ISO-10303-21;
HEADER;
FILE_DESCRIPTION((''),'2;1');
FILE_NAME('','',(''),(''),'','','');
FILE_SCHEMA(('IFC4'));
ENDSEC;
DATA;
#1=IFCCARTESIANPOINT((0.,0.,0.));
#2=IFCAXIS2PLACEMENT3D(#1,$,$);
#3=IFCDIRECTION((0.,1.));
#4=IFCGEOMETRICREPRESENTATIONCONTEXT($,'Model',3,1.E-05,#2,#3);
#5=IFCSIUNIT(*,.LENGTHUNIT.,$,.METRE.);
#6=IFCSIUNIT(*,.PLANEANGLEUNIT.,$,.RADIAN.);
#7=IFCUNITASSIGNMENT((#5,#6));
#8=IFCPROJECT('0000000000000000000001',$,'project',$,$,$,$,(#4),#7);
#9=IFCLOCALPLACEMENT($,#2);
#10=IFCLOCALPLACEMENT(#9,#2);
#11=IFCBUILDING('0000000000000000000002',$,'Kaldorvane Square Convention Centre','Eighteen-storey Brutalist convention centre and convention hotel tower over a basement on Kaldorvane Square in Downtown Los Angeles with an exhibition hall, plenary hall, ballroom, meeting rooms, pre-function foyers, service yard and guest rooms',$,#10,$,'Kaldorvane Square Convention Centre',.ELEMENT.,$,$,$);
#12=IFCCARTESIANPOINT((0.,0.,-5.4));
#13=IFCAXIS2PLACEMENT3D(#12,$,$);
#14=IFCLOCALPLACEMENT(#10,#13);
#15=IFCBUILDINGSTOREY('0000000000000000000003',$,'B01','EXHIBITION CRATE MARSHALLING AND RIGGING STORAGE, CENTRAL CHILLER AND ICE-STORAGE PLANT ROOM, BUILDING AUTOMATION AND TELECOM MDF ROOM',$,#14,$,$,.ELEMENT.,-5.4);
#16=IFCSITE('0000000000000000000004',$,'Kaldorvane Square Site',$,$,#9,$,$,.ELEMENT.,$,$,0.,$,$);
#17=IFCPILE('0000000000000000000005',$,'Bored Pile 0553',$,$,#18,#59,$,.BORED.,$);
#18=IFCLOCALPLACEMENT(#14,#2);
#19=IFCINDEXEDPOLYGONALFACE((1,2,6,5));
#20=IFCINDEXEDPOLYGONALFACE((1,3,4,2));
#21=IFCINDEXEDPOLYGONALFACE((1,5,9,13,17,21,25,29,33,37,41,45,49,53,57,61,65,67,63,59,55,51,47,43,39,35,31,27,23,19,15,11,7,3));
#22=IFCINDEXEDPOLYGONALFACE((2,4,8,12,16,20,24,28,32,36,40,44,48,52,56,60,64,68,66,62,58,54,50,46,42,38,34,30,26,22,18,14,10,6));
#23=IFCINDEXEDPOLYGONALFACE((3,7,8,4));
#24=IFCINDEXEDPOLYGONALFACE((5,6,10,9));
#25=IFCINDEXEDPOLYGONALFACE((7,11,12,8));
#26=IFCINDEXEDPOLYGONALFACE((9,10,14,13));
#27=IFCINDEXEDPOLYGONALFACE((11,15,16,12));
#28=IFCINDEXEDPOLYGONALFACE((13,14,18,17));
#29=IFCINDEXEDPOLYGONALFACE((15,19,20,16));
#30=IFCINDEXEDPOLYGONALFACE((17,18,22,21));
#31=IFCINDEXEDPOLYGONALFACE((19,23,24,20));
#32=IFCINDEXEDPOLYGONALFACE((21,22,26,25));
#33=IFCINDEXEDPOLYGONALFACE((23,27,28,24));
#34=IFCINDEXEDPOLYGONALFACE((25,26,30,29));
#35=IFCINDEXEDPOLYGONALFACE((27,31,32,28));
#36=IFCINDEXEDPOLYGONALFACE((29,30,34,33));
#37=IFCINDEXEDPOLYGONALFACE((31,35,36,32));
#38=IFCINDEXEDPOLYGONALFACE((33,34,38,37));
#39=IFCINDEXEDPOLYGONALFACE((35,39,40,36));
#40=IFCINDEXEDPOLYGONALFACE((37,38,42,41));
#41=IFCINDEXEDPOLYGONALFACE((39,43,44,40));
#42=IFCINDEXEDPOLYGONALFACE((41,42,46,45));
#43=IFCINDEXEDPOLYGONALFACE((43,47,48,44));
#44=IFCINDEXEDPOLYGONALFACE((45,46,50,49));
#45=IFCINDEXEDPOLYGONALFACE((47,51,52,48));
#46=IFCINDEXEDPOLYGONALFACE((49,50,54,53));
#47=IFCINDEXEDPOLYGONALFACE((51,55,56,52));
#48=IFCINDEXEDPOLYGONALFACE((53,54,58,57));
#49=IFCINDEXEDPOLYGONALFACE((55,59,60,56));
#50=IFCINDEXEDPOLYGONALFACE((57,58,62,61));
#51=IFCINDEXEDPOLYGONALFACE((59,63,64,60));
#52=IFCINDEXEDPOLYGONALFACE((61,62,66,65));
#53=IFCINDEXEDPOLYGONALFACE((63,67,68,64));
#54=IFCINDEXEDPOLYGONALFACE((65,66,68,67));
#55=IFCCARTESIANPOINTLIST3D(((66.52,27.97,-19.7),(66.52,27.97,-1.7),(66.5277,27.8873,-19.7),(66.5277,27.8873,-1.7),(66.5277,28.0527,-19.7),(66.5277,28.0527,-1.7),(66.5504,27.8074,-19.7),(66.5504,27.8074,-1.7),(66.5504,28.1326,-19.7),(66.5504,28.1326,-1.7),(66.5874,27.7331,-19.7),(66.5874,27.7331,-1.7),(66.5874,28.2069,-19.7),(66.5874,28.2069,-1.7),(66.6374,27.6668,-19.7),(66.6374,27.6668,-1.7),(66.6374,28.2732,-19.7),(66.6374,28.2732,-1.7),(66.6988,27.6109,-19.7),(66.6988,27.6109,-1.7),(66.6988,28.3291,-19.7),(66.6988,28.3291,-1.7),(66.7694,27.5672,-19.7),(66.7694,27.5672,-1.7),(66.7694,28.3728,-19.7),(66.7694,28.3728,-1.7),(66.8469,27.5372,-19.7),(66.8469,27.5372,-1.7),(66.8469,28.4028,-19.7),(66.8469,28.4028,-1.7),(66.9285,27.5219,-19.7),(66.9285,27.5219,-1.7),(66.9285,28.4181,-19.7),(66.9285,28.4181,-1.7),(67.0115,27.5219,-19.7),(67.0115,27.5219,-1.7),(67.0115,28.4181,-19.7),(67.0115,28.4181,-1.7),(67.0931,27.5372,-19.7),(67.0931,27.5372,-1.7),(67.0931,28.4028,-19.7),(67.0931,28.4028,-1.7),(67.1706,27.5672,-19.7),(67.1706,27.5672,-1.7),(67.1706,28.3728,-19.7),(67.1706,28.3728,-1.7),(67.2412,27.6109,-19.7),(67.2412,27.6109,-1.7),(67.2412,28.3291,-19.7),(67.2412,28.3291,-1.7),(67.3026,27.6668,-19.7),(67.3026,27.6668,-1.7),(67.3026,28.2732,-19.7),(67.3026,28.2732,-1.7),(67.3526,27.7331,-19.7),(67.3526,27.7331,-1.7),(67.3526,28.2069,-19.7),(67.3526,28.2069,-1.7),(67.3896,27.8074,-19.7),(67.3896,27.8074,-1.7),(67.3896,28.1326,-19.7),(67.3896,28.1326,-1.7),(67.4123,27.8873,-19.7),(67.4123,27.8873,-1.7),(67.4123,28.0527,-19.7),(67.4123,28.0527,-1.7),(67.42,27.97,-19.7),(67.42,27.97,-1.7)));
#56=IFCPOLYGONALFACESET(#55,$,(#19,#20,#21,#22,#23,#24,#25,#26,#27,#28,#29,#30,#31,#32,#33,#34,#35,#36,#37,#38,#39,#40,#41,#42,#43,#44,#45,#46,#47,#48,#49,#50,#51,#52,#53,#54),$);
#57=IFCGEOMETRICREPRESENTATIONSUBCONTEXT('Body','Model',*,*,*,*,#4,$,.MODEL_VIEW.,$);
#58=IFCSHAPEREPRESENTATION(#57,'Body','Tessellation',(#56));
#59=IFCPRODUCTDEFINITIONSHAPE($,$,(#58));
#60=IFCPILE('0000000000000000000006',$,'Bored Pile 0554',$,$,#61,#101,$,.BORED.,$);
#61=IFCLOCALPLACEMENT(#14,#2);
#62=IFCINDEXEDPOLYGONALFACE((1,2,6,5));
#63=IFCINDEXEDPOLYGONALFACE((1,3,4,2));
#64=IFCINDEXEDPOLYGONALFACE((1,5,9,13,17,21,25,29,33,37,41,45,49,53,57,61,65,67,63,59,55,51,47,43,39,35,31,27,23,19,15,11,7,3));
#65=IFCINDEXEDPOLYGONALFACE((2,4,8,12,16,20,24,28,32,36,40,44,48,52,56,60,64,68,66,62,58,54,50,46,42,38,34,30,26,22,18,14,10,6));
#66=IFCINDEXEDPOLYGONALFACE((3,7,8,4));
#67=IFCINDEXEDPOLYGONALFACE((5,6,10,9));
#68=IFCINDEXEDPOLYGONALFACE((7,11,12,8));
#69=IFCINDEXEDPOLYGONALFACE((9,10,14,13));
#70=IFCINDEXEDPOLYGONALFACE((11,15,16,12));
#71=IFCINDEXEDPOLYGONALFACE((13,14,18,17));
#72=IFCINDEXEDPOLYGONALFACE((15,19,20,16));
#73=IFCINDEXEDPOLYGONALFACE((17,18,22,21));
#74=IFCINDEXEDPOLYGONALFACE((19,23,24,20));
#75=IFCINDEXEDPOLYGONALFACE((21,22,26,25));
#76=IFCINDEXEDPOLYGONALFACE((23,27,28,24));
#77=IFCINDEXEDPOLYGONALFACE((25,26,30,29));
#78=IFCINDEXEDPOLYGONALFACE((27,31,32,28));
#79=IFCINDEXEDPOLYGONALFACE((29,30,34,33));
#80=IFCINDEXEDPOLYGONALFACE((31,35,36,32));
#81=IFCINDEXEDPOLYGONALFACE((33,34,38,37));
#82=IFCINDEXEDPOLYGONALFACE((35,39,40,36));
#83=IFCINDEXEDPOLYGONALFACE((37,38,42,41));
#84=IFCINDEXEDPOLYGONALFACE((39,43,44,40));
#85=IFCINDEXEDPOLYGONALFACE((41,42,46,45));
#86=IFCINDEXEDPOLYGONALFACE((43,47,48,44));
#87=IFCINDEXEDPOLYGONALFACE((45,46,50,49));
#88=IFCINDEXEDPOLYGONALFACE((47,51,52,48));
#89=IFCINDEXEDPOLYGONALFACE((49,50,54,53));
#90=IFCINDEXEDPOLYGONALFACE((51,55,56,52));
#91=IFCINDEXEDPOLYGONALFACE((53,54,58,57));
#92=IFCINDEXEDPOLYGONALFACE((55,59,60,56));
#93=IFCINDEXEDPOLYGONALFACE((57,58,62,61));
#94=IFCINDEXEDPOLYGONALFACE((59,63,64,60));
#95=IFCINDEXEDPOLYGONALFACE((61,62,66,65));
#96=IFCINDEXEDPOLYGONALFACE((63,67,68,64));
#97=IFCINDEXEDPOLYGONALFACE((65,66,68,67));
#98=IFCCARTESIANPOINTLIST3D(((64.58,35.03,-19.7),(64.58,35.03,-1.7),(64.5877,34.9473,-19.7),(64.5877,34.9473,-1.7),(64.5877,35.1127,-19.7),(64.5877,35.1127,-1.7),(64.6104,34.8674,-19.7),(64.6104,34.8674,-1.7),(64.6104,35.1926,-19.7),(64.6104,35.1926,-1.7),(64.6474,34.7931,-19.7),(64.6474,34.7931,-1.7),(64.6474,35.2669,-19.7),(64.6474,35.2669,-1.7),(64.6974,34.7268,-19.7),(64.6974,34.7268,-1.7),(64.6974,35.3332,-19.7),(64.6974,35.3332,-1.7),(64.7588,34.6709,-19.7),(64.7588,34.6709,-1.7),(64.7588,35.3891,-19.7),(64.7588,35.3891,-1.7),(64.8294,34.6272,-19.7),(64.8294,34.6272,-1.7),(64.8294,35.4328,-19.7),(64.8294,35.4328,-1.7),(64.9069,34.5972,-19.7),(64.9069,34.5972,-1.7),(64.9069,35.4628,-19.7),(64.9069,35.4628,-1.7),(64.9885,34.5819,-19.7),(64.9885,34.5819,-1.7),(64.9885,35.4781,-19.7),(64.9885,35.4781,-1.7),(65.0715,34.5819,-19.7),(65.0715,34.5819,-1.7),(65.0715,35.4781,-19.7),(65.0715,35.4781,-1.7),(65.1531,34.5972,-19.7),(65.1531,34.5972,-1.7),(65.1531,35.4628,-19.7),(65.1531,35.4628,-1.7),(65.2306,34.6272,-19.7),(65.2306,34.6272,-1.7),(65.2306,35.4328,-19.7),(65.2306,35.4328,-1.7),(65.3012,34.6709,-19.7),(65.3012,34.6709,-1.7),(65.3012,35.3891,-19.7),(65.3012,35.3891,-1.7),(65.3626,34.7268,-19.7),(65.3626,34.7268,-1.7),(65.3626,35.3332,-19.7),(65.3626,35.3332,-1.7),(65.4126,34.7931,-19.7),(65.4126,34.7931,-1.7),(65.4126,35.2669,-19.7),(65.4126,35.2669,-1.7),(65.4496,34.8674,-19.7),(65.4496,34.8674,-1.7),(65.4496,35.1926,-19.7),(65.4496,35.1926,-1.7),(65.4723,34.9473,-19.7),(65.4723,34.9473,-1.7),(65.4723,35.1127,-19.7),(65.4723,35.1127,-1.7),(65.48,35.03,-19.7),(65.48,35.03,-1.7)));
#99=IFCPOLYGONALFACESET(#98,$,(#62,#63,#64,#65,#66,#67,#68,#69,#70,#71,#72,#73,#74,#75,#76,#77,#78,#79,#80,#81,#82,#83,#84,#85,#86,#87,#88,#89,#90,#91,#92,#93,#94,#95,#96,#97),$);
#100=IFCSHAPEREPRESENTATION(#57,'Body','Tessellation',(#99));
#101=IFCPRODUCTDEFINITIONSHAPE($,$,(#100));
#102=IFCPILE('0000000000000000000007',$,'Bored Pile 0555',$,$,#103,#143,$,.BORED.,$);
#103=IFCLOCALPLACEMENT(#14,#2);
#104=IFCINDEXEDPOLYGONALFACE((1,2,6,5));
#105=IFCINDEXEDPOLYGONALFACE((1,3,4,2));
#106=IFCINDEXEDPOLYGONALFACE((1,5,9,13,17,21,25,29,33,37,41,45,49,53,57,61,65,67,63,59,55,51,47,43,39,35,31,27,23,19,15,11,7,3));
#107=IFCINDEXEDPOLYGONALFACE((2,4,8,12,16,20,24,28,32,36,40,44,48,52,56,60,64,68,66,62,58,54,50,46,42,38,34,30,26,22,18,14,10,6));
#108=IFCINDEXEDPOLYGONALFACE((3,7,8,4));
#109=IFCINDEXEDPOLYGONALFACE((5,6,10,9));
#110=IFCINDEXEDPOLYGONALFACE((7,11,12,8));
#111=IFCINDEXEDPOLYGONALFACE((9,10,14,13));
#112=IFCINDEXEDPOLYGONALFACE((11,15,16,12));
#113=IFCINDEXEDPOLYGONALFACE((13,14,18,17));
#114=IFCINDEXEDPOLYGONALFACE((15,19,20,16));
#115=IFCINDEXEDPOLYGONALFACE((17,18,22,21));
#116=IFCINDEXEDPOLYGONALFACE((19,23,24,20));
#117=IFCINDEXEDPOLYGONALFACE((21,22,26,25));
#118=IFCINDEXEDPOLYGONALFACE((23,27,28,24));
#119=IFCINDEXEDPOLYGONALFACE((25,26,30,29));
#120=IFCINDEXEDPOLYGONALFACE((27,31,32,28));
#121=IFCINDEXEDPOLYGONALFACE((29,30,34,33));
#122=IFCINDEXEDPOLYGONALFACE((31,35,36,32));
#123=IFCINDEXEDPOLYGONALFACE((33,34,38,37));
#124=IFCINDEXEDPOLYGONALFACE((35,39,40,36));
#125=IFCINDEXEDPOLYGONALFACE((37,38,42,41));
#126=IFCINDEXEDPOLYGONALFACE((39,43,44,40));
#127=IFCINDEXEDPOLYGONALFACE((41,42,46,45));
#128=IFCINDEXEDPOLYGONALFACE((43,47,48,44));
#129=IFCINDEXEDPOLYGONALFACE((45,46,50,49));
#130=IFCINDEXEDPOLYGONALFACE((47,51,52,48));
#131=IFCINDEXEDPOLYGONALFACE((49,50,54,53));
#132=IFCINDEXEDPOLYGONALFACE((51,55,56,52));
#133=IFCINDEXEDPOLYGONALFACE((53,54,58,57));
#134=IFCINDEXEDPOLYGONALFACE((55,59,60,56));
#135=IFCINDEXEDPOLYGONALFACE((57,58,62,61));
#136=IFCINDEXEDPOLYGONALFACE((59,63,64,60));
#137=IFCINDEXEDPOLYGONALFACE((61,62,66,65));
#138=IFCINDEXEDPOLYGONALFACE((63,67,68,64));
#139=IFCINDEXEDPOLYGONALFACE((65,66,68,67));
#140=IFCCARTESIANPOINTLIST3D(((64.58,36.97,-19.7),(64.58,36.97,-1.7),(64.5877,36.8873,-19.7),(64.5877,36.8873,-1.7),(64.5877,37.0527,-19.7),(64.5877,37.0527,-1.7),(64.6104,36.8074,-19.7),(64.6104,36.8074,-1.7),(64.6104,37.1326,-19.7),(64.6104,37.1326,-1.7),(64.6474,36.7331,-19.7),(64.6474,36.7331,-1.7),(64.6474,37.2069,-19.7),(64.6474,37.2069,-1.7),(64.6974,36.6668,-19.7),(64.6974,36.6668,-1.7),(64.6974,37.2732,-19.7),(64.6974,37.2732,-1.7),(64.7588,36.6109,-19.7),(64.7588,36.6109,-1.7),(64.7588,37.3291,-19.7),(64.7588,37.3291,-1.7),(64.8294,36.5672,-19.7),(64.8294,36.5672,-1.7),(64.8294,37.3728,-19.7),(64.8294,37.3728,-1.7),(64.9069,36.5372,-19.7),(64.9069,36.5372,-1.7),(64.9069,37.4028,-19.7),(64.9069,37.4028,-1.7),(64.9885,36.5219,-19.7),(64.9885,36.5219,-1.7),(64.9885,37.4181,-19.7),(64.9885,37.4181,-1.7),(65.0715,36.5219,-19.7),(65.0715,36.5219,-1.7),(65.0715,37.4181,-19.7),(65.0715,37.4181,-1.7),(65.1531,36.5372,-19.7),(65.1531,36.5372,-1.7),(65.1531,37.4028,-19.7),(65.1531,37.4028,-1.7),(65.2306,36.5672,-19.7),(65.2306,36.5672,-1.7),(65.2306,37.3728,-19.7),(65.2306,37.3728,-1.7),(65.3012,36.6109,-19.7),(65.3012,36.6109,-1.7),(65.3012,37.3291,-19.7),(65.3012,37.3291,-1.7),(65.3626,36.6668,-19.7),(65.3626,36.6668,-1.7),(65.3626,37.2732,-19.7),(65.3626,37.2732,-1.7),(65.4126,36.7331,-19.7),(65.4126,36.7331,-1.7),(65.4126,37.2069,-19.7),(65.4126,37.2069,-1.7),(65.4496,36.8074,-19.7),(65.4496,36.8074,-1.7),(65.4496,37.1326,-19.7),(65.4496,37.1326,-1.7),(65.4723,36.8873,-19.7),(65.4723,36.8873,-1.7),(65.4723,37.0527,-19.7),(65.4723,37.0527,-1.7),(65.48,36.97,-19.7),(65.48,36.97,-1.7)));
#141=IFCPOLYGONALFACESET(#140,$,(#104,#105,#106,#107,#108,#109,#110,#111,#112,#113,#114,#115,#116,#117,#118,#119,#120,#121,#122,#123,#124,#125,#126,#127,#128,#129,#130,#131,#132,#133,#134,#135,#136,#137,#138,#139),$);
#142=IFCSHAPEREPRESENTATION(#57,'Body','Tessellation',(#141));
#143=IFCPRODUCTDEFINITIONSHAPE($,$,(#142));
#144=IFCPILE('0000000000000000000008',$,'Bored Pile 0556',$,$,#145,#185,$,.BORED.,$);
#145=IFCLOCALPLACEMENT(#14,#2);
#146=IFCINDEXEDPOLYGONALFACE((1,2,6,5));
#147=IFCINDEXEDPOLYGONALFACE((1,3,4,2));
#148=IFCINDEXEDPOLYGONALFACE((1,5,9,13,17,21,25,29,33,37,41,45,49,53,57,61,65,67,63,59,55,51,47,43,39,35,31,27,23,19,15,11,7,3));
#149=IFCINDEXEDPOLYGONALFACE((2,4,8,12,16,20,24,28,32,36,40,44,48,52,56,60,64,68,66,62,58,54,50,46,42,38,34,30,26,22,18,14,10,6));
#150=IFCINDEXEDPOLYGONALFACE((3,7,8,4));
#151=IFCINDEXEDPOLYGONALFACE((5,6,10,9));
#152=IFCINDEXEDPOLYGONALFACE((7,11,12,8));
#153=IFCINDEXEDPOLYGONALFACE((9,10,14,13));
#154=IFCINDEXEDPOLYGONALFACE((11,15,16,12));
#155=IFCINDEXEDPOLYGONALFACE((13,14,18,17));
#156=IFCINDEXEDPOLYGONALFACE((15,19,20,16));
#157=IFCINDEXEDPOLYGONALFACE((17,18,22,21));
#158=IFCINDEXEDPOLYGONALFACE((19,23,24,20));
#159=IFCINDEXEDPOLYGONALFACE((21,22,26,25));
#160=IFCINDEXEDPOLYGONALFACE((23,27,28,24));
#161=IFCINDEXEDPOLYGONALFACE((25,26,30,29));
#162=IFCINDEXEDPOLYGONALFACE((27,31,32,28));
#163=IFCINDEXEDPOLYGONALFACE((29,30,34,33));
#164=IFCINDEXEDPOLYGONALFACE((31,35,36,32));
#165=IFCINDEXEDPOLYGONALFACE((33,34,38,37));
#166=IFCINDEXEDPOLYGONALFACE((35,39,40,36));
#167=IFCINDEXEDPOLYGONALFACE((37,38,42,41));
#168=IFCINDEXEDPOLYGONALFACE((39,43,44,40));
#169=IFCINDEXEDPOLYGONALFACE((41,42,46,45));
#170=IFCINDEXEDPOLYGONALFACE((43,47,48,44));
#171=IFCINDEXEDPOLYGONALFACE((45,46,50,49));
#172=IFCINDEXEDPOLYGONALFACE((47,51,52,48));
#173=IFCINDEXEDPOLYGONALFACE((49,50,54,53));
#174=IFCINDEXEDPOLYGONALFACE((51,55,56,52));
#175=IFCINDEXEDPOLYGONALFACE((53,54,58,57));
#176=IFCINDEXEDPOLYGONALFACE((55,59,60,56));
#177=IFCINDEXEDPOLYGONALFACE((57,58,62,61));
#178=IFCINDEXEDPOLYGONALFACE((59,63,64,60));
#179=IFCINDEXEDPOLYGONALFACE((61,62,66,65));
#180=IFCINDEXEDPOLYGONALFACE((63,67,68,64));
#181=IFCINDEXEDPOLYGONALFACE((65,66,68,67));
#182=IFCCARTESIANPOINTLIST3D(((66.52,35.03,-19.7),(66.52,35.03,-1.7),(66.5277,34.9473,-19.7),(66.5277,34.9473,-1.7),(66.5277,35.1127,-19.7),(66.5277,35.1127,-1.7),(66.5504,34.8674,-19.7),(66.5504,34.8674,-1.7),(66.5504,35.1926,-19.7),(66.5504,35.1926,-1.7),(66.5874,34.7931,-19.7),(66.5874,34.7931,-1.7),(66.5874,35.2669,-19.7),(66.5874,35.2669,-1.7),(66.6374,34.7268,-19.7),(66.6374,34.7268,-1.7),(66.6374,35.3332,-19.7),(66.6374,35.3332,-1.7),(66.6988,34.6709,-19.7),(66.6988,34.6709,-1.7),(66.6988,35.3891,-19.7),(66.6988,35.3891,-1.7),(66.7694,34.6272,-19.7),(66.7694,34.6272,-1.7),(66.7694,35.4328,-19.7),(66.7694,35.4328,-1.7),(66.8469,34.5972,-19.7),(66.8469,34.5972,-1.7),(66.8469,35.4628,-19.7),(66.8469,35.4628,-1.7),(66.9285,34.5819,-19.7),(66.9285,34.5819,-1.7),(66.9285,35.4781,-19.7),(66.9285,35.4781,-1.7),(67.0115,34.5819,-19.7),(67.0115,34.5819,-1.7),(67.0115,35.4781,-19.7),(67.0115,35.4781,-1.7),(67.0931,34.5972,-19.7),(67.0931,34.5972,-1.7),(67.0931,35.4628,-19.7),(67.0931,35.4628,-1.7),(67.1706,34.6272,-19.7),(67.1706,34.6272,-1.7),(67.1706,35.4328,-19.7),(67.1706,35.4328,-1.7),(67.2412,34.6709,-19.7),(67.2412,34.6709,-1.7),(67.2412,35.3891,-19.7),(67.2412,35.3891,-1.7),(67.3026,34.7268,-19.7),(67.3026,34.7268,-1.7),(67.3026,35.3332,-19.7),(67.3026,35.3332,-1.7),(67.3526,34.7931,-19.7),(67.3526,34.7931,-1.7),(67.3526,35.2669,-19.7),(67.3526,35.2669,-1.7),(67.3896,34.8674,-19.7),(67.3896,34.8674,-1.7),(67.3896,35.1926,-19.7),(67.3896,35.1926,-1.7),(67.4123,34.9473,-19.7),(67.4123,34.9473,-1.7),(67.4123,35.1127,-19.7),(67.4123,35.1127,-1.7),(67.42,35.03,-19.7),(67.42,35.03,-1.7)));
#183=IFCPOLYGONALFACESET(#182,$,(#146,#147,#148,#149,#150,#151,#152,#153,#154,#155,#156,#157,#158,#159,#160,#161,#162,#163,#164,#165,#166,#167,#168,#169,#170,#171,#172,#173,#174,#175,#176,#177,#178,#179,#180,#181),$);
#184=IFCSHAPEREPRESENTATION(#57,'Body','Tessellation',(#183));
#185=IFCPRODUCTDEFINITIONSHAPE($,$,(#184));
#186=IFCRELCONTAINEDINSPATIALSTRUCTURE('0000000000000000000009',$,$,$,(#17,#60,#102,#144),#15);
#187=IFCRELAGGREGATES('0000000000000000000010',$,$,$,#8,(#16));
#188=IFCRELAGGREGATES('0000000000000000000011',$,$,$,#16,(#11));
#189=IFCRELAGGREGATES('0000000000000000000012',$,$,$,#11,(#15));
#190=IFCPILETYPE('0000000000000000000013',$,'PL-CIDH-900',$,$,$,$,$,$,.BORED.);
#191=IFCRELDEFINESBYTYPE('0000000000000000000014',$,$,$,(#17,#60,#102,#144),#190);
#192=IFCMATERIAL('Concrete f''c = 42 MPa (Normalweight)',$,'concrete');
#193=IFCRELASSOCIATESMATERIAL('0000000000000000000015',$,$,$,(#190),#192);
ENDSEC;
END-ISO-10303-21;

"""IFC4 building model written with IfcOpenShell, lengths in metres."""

from ifc_helpers import new_model, si_unit, direction, frame, origin, origin_2d, place, context, subcontext, project, spatial, circle, extrude, material, material_profile, profile_set, type_object, element, save


model = new_model("IFC4")

# Units and contexts
model_context = context("Model", 3, precision=1e-05, world=origin(), true_north=direction((0.0, 1.0)))
body_context = subcontext(model_context, "Body", "Model", "MODEL_VIEW")
ifc_project = project(units=[si_unit("LENGTHUNIT", "METRE"), si_unit("PLANEANGLEUNIT", "RADIAN")], contexts=[model_context])

# Site, building, storey
site_placement = place(None, origin())
site = spatial("IfcSite", under=ifc_project, at=site_placement, Name="Kaldorvane Square Site", CompositionType="ELEMENT", RefElevation=0.0)
building_placement = place(site_placement, origin())
building = spatial("IfcBuilding", under=site, at=building_placement, Name="Kaldorvane Square Convention Centre", Description="Eighteen-storey Brutalist convention centre and convention hotel tower over a basement on Kaldorvane Square in Downtown Los Angeles with an exhibition hall, plenary hall, ballroom, meeting rooms, pre-function foyers, service yard and guest rooms", LongName="Kaldorvane Square Convention Centre", CompositionType="ELEMENT")
storey_placement = place(building_placement, frame((0.0, 0.0, -5.4)))
storey = spatial("IfcBuildingStorey", under=building, at=storey_placement, Name="B01", Description="EXHIBITION CRATE MARSHALLING AND RIGGING STORAGE, CENTRAL CHILLER AND ICE-STORAGE PLANT ROOM, BUILDING AUTOMATION AND TELECOM MDF ROOM", CompositionType="ELEMENT", Elevation=-5.4)

# Shared definitions
ifc_material_1 = material(Name="Concrete f'c = 42 MPa (Normalweight)", Category="concrete")

# Piles
ifc_material_profile_1 = material_profile(ifc_material_1, circle(Radius=0.45, at=origin_2d()), Name="PILE-D900")
ifc_profile_set_1 = profile_set([ifc_material_profile_1], Name="Concrete f'c = 42 MPa (Normalweight)")
pile_type = type_object("IfcPileType", Name="PL-CIDH-900", PredefinedType="BORED", material=ifc_profile_set_1)
for number, where, z_axis, x_axis, name in (
    (1, (66.97, 27.97, -1.7), (0.0, 0.0, -1.0), (1.0, 0.0, 0.0), "Bored Pile 0553"),
    (2, (65.03, 35.03, -1.7), (0.0, 0.0, -1.0), (1.0, 0.0, 0.0), "Bored Pile 0554"),
    (3, (65.03, 36.97, -1.7), (0.0, 0.0, -1.0), (1.0, 0.0, 0.0), "Bored Pile 0555"),
    (4, (66.97, 35.03, -1.7), (0.0, 0.0, -1.0), (1.0, 0.0, 0.0), "Bored Pile 0556"),
):
    element("IfcPile", number, at=place(storey_placement, frame(where, z_axis=z_axis, x_axis=x_axis)), inside=storey, type_object=pile_type, Name=name, PredefinedType="BORED", context=body_context, shape_type="SweptSolid", body=[
        extrude(circle(Radius=0.45, at=origin_2d()), origin(), (0.0, 0.0, 1.0), 18.0),
    ])

save(model, "model.ifc")
